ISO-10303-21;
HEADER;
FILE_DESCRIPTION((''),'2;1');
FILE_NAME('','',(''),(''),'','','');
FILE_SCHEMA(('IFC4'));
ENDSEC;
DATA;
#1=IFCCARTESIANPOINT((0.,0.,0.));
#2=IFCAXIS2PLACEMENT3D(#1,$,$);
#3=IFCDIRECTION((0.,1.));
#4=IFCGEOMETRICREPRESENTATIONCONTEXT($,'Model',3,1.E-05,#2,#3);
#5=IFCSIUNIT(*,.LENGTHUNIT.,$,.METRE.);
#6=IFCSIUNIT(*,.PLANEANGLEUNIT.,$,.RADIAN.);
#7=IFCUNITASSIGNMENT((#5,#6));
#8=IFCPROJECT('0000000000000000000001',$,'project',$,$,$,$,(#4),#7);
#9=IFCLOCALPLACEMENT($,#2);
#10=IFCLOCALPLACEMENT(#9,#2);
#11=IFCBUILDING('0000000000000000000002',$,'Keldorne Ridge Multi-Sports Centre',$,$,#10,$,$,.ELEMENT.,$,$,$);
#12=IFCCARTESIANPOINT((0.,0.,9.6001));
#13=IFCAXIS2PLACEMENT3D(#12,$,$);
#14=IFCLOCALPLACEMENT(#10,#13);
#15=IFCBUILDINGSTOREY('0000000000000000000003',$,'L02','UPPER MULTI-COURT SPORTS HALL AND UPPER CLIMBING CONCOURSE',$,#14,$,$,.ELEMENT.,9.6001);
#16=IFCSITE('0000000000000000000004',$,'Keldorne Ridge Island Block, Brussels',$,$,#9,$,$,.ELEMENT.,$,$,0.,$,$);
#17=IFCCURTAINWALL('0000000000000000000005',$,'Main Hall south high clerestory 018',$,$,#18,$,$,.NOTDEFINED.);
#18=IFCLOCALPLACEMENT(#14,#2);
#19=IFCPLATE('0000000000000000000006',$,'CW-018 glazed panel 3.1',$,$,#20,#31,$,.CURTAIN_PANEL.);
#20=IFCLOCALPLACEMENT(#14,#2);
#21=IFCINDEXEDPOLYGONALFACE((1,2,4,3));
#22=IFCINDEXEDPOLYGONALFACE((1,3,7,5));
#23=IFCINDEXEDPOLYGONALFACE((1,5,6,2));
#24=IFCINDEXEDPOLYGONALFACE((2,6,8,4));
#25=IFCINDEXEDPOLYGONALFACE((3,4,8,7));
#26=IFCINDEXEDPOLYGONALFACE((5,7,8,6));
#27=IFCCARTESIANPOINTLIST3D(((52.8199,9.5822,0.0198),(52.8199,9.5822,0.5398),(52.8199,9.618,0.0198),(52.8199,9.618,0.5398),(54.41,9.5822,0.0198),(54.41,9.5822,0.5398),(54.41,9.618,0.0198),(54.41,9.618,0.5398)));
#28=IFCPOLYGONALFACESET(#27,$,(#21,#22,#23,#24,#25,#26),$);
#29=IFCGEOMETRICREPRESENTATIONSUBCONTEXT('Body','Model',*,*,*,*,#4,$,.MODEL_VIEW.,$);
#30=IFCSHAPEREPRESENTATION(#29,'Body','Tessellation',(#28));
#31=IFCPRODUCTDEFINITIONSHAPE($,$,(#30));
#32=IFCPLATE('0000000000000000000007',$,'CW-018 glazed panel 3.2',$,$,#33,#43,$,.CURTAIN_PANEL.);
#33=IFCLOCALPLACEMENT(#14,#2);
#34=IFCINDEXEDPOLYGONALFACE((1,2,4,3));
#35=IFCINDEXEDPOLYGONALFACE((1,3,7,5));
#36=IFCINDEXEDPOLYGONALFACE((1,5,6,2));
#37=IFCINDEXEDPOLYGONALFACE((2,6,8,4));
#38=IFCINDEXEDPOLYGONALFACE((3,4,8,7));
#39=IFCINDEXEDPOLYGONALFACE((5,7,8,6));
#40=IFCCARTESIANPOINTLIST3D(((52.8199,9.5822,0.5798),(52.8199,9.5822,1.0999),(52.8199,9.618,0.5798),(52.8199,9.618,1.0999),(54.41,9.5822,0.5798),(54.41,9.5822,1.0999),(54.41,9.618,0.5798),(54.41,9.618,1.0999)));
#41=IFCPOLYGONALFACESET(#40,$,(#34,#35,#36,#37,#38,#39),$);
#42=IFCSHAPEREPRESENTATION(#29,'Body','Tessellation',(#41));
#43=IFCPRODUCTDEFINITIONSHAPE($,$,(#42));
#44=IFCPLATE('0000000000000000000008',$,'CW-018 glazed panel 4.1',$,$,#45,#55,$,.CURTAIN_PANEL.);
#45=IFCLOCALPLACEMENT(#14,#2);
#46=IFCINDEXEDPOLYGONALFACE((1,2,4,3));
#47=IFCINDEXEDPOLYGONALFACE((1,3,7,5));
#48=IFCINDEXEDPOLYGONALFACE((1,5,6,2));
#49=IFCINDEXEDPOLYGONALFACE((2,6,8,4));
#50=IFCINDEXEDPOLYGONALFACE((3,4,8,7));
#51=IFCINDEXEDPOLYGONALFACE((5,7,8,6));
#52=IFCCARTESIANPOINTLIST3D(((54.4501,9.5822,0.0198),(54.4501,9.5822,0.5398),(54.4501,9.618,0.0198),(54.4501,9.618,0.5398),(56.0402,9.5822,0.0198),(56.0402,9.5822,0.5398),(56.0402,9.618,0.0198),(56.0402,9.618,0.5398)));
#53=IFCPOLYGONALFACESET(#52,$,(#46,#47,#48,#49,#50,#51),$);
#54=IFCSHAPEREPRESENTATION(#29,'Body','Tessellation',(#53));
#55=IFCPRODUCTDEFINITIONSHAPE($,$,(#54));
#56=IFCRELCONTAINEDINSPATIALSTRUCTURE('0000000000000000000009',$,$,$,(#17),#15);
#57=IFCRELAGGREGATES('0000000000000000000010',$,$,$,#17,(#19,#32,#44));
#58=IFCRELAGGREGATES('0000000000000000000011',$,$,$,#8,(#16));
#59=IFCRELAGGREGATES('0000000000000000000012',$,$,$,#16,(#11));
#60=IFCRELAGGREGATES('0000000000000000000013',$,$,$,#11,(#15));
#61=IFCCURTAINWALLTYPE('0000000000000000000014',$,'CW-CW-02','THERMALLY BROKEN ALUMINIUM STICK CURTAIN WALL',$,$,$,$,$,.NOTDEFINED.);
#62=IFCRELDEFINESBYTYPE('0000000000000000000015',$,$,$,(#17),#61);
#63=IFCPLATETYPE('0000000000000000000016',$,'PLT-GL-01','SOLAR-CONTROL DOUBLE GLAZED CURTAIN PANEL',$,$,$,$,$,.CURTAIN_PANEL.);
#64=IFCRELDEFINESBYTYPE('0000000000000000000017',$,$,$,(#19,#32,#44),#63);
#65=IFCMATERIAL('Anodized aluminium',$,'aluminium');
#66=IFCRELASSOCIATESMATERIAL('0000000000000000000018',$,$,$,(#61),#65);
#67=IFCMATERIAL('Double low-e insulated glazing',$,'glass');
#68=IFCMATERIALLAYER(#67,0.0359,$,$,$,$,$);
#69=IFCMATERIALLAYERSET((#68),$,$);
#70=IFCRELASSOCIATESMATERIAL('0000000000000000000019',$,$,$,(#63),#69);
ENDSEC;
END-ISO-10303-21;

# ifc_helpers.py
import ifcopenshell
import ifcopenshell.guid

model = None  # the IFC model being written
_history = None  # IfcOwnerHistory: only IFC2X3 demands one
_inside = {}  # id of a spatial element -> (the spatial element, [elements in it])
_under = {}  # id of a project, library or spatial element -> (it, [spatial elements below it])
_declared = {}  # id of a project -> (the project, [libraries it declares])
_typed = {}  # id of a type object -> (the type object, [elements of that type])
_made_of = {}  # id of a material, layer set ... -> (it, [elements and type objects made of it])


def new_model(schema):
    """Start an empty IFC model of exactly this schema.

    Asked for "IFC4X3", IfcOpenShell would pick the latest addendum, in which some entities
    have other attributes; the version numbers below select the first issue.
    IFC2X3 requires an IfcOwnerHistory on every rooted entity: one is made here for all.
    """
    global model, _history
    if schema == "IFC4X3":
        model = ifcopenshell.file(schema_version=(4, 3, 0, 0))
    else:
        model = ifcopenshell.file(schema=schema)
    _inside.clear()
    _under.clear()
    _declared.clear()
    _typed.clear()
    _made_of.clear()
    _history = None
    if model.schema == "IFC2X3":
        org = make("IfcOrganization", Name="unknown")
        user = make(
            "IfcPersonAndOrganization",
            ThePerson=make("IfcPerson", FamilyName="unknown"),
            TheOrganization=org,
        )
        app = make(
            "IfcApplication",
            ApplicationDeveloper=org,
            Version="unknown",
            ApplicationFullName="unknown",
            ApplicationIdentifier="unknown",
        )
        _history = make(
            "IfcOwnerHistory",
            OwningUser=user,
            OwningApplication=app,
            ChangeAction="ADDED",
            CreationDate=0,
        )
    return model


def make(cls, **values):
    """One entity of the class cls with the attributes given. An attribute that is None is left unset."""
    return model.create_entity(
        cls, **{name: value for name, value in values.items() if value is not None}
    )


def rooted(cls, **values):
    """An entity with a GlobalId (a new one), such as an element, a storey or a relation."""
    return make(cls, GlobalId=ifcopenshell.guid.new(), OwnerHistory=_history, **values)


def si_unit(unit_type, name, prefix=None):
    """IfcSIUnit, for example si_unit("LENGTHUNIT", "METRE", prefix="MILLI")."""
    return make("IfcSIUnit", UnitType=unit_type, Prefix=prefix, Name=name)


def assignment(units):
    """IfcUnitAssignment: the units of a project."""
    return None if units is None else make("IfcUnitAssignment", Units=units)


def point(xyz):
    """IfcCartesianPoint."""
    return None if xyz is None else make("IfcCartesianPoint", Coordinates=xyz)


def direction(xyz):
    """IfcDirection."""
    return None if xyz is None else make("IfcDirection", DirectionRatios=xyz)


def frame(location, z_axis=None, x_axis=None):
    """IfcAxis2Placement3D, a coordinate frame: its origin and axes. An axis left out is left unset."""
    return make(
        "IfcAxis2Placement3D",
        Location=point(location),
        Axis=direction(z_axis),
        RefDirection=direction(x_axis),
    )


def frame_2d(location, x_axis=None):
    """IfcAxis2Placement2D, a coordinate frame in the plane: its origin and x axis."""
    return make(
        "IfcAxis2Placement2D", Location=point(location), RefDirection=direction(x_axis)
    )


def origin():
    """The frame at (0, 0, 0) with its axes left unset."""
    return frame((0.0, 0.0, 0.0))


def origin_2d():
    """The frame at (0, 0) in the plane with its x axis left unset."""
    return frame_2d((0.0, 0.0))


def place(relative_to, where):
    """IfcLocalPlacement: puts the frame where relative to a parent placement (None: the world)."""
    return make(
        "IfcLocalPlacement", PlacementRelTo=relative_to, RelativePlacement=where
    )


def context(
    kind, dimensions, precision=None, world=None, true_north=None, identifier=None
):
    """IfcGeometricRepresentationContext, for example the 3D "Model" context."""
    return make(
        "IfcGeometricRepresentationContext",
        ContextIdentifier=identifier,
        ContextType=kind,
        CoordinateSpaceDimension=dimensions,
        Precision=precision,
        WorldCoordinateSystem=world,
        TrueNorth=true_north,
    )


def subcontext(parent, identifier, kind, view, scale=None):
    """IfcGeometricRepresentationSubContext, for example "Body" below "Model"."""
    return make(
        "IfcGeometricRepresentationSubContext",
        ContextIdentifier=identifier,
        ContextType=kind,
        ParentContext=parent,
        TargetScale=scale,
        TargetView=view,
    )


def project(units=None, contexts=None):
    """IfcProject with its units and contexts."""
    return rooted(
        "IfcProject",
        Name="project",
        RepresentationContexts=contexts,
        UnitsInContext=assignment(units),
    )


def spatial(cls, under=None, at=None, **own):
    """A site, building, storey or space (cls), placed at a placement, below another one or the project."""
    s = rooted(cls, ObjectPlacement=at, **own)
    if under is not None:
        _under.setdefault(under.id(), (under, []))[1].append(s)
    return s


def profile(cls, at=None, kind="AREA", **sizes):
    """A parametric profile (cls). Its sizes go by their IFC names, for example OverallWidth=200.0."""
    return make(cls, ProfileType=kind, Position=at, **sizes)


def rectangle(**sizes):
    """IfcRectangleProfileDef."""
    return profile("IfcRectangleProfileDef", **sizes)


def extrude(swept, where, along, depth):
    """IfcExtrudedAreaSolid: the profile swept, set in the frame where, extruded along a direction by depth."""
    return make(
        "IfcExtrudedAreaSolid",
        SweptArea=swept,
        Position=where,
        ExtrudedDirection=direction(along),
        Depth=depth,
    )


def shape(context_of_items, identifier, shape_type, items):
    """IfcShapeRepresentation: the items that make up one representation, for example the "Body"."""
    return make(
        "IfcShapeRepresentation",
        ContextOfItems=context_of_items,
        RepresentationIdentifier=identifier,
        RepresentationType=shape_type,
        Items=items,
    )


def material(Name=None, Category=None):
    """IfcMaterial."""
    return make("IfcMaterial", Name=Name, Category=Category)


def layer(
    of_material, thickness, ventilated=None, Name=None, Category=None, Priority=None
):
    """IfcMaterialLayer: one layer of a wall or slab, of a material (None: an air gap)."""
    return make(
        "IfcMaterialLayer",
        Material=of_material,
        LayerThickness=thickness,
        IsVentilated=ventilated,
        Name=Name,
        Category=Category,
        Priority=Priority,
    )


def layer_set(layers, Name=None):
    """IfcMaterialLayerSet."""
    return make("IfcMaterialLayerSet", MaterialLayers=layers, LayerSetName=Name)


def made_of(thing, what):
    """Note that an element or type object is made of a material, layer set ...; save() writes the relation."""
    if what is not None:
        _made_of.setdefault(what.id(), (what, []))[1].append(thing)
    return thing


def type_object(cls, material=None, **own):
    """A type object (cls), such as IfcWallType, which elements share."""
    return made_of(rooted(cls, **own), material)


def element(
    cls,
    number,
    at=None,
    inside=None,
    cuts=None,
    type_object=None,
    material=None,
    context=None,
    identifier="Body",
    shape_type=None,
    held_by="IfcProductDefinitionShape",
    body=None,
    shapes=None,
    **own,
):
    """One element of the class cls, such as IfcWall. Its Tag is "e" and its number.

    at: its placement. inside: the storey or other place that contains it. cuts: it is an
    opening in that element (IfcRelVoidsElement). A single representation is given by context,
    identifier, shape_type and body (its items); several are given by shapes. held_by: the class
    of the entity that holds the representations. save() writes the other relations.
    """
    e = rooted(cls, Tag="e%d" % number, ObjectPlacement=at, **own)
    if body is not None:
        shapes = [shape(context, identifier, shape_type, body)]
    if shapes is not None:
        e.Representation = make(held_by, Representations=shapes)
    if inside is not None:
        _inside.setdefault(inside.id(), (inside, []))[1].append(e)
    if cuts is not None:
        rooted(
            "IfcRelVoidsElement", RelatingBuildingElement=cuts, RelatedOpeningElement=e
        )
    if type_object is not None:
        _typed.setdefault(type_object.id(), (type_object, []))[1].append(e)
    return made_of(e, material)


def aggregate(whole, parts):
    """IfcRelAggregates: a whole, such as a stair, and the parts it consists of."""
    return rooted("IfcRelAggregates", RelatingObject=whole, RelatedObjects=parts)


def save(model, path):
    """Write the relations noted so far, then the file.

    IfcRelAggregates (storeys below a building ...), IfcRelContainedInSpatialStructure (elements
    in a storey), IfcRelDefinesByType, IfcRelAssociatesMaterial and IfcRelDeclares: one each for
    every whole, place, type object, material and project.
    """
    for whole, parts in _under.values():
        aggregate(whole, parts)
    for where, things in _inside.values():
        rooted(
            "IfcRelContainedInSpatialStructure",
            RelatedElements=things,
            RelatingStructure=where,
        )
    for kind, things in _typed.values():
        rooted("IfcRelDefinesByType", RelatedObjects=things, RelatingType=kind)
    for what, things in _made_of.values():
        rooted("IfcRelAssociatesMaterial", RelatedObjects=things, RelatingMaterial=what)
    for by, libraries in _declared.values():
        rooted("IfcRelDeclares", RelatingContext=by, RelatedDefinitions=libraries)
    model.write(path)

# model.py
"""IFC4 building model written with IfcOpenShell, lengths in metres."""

from ifc_helpers import new_model, si_unit, direction, frame, origin, origin_2d, place, context, subcontext, project, spatial, rectangle, extrude, material, layer, layer_set, type_object, element, aggregate, save


model = new_model("IFC4")

# Units and contexts
model_context = context("Model", 3, precision=1e-05, world=origin(), true_north=direction((0.0, 1.0)))
body_context = subcontext(model_context, "Body", "Model", "MODEL_VIEW")
ifc_project = project(units=[si_unit("LENGTHUNIT", "METRE"), si_unit("PLANEANGLEUNIT", "RADIAN")], contexts=[model_context])

# Site, building, storey
site_placement = place(None, origin())
site = spatial("IfcSite", under=ifc_project, at=site_placement, Name="Keldorne Ridge Island Block, Brussels", CompositionType="ELEMENT", RefElevation=0.0)
building_placement = place(site_placement, origin())
building = spatial("IfcBuilding", under=site, at=building_placement, Name="Keldorne Ridge Multi-Sports Centre", CompositionType="ELEMENT")
storey_placement = place(building_placement, frame((0.0, 0.0, 9.6001)))
storey = spatial("IfcBuildingStorey", under=building, at=storey_placement, Name="L02", Description="UPPER MULTI-COURT SPORTS HALL AND UPPER CLIMBING CONCOURSE", CompositionType="ELEMENT", Elevation=9.6001)

# Curtain wall, plates
ifc_material_1 = material(Name="Anodized aluminium", Category="aluminium")
curtain_wall_type = type_object("IfcCurtainWallType", Name="CW-CW-02", Description="THERMALLY BROKEN ALUMINIUM STICK CURTAIN WALL", PredefinedType="NOTDEFINED", material=ifc_material_1)
curtain_wall_placement = place(storey_placement, origin())
curtain_wall = element("IfcCurtainWall", 1, at=curtain_wall_placement, inside=storey, type_object=curtain_wall_type, Name="Main Hall south high clerestory 018", PredefinedType="NOTDEFINED")
ifc_material_2 = material(Name="Double low-e insulated glazing", Category="glass")
ifc_layer = layer(ifc_material_2, 0.0359)
ifc_layer_set = layer_set([ifc_layer])
plate_type = type_object("IfcPlateType", Name="PLT-GL-01", Description="SOLAR-CONTROL DOUBLE GLAZED CURTAIN PANEL", PredefinedType="CURTAIN_PANEL", material=ifc_layer_set)
plate_1_placement = place(storey_placement, frame((53.615, 9.6001, 0.0198), z_axis=(0.0, 0.0, 1.0), x_axis=(1.0, 0.0, 0.0)))
plate_1 = element("IfcPlate", 2, at=plate_1_placement, type_object=plate_type, Name="CW-018 glazed panel 3.1", PredefinedType="CURTAIN_PANEL", context=body_context, shape_type="SweptSolid", body=[
    extrude(rectangle(XDim=1.5901, YDim=0.0359, at=origin_2d()), origin(), (0.0, 0.0, 1.0), 0.52),
])
plate_2_placement = place(storey_placement, frame((53.615, 9.6001, 0.5798), z_axis=(0.0, 0.0, 1.0), x_axis=(1.0, 0.0, 0.0)))
plate_2 = element("IfcPlate", 3, at=plate_2_placement, type_object=plate_type, Name="CW-018 glazed panel 3.2", PredefinedType="CURTAIN_PANEL", context=body_context, shape_type="SweptSolid", body=[
    extrude(rectangle(XDim=1.5901, YDim=0.0359, at=origin_2d()), origin(), (0.0, 0.0, 1.0), 0.52),
])
plate_3_placement = place(storey_placement, frame((55.2451, 9.6001, 0.0198), z_axis=(0.0, 0.0, 1.0), x_axis=(1.0, 0.0, 0.0)))
plate_3 = element("IfcPlate", 4, at=plate_3_placement, type_object=plate_type, Name="CW-018 glazed panel 4.1", PredefinedType="CURTAIN_PANEL", context=body_context, shape_type="SweptSolid", body=[
    extrude(rectangle(XDim=1.5901, YDim=0.0359, at=origin_2d()), origin(), (0.0, 0.0, 1.0), 0.52),
])
aggregate(curtain_wall, [plate_1, plate_2, plate_3])

save(model, "model.ifc")
